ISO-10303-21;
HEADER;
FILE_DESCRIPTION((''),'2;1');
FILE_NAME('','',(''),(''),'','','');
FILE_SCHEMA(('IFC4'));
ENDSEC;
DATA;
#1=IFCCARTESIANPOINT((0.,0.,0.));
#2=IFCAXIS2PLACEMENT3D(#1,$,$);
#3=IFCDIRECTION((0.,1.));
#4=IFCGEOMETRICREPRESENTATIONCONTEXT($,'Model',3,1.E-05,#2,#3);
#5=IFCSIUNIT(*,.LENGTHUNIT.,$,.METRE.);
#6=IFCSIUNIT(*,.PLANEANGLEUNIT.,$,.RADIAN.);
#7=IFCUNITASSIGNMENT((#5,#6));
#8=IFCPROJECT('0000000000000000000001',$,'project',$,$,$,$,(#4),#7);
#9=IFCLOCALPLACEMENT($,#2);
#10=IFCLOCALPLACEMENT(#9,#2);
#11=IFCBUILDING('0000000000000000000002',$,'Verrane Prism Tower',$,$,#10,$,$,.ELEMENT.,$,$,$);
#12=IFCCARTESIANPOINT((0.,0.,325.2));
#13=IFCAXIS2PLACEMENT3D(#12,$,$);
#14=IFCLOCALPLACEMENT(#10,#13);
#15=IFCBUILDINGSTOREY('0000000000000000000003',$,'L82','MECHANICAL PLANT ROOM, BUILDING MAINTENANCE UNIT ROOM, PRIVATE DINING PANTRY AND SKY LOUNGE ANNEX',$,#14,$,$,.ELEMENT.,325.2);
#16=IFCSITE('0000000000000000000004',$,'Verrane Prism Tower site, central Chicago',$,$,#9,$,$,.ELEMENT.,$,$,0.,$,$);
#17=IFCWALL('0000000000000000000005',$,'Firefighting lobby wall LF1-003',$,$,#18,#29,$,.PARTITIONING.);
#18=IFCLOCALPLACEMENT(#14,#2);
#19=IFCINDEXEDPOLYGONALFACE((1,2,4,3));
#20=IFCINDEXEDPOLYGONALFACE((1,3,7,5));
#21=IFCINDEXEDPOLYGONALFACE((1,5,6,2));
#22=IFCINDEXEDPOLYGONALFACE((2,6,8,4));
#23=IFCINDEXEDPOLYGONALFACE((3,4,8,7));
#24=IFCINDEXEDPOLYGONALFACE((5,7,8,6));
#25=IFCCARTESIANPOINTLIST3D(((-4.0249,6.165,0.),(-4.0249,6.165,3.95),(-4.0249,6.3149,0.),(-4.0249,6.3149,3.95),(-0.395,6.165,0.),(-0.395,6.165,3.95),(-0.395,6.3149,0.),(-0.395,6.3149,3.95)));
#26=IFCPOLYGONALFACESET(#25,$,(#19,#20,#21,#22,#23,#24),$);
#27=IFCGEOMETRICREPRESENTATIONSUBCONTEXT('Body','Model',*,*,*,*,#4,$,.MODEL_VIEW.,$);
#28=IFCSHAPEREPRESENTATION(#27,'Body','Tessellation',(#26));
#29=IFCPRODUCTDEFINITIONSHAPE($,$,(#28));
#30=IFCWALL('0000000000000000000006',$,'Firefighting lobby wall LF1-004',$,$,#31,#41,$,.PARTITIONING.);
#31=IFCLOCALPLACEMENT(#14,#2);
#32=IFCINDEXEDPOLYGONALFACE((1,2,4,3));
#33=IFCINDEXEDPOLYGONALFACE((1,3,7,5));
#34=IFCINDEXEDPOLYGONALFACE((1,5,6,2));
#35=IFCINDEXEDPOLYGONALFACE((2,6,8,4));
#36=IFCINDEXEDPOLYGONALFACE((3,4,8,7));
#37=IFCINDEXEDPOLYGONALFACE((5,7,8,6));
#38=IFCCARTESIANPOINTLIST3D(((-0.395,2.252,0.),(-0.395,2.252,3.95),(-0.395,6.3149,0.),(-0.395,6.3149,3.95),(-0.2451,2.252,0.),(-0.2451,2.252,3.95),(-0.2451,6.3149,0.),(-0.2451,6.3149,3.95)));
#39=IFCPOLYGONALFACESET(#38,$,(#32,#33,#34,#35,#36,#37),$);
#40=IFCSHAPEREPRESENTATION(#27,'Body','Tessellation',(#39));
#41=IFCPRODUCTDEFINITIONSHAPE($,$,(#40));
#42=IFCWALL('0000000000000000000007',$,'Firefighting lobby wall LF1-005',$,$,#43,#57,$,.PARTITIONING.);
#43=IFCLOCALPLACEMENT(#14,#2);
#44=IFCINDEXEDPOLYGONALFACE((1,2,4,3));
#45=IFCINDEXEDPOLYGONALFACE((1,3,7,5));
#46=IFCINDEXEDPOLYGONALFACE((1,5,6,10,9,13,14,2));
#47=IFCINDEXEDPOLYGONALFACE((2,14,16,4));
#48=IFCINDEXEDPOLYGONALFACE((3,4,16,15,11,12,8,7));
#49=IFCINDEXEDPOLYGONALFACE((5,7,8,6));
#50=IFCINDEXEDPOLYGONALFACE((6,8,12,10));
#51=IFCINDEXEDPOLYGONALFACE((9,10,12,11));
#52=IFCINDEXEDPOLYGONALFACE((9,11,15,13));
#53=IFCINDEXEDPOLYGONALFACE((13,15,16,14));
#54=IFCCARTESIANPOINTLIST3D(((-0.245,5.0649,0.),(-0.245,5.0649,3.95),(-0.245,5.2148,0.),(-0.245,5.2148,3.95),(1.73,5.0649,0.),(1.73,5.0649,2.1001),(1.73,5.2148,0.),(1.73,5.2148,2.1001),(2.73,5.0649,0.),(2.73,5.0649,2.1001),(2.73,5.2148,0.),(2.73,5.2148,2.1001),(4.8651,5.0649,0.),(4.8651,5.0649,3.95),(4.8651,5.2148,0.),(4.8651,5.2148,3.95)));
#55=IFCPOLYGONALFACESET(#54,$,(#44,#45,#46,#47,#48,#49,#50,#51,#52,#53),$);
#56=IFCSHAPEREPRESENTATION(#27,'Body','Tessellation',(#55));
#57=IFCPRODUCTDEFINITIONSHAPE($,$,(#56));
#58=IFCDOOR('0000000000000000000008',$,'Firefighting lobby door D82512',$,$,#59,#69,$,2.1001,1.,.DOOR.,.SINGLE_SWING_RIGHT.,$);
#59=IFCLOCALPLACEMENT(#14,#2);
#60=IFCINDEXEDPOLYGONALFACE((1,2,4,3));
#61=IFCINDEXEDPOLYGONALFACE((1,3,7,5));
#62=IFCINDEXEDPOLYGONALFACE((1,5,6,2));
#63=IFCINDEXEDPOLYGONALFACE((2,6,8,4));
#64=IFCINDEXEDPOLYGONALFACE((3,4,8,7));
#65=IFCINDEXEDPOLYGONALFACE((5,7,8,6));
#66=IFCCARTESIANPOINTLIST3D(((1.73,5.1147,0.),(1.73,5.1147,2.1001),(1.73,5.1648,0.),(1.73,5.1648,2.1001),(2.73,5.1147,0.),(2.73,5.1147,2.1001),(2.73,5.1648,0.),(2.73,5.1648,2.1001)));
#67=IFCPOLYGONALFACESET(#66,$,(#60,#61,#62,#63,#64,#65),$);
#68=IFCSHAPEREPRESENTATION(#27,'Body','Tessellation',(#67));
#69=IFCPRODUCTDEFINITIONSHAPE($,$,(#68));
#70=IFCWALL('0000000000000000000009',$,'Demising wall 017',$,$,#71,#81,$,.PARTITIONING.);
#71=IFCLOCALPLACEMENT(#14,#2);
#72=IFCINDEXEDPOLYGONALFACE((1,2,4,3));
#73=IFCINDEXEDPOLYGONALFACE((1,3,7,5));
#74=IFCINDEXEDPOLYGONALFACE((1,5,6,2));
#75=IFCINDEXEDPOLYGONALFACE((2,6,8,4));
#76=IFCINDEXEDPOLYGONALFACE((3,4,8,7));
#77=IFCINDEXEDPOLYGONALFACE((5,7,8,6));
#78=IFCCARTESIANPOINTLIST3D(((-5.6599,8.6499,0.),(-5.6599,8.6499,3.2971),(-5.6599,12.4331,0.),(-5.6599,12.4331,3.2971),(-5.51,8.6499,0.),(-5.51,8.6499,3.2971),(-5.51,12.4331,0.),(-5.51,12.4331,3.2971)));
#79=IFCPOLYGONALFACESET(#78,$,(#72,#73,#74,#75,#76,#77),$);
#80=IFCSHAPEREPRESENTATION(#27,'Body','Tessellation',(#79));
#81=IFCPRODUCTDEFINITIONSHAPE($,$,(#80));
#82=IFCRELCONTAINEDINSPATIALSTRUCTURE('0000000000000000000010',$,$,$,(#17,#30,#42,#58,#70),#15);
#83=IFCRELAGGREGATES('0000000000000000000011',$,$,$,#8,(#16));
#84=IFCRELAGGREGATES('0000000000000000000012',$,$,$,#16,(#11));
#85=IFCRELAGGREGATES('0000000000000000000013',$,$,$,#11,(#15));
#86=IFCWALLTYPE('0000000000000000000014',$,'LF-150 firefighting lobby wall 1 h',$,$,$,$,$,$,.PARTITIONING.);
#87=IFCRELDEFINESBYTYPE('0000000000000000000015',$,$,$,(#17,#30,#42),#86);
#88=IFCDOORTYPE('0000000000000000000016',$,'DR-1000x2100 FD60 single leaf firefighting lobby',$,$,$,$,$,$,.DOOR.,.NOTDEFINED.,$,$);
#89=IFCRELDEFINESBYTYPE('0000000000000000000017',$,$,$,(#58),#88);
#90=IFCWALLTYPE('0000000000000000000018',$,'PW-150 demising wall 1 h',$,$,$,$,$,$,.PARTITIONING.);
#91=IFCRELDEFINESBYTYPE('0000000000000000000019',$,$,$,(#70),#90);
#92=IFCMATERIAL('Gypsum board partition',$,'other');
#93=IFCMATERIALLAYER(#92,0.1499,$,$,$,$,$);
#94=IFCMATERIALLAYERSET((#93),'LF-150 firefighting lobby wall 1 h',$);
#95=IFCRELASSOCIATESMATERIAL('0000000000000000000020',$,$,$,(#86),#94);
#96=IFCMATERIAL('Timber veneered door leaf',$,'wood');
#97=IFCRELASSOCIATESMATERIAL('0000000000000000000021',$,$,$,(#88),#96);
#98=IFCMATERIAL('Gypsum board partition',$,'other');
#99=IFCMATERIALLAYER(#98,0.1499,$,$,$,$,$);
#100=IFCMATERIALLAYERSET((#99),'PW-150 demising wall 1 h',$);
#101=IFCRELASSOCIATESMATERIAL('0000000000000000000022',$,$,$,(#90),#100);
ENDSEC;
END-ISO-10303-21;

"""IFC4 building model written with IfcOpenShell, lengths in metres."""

from ifc_helpers import new_model, si_unit, direction, frame, frame_2d, origin, place, context, subcontext, project, spatial, rectangle, extrude, material, layer, layer_set, type_object, element, fill, save


model = new_model("IFC4")

# Units and contexts
model_context = context("Model", 3, precision=1e-05, world=origin(), true_north=direction((0.0, 1.0)))
body_context = subcontext(model_context, "Body", "Model", "MODEL_VIEW")
ifc_project = project(units=[si_unit("LENGTHUNIT", "METRE"), si_unit("PLANEANGLEUNIT", "RADIAN")], contexts=[model_context])

# Site, building, storey
site_placement = place(None, origin())
site = spatial("IfcSite", under=ifc_project, at=site_placement, Name="Verrane Prism Tower site, central Chicago", CompositionType="ELEMENT", RefElevation=0.0)
building_placement = place(site_placement, origin())
building = spatial("IfcBuilding", under=site, at=building_placement, Name="Verrane Prism Tower", CompositionType="ELEMENT")
storey_placement = place(building_placement, frame((0.0, 0.0, 325.2)))
storey = spatial("IfcBuildingStorey", under=building, at=storey_placement, Name="L82", Description="MECHANICAL PLANT ROOM, BUILDING MAINTENANCE UNIT ROOM, PRIVATE DINING PANTRY AND SKY LOUNGE ANNEX", CompositionType="ELEMENT", Elevation=325.2)

# Walls
ifc_material_1 = material(Name="Gypsum board partition", Category="other")
ifc_layer_1 = layer(ifc_material_1, 0.1499)
ifc_layer_set_1 = layer_set([ifc_layer_1], Name="LF-150 firefighting lobby wall 1 h")
wall_type_1 = type_object("IfcWallType", Name="LF-150 firefighting lobby wall 1 h", PredefinedType="PARTITIONING", material=ifc_layer_set_1)
wall_1_placement = place(storey_placement, frame((-4.0249, 6.24, 0.0), z_axis=(0.0, 0.0, 1.0), x_axis=(1.0, 0.0, 0.0)))
element("IfcWall", 1, at=wall_1_placement, inside=storey, type_object=wall_type_1, Name="Firefighting lobby wall LF1-003", PredefinedType="PARTITIONING", context=body_context, shape_type="SweptSolid", body=[
    extrude(rectangle(XDim=3.6299, YDim=0.1499, at=frame_2d((1.8149, 0.0))), origin(), (0.0, 0.0, 1.0), 3.95),
])
wall_2_placement = place(storey_placement, frame((-0.3201, 2.252, 0.0), z_axis=(0.0, 0.0, 1.0), x_axis=(0.0, 1.0, 0.0)))
element("IfcWall", 2, at=wall_2_placement, inside=storey, type_object=wall_type_1, Name="Firefighting lobby wall LF1-004", PredefinedType="PARTITIONING", context=body_context, shape_type="SweptSolid", body=[
    extrude(rectangle(XDim=4.063, YDim=0.1499, at=frame_2d((2.0315, 0.0))), origin(), (0.0, 0.0, 1.0), 3.95),
])

# Wall, opening, door
wall_3_placement = place(storey_placement, frame((-0.2451, 5.1399, 0.0), z_axis=(0.0, 0.0, 1.0), x_axis=(1.0, 0.0, 0.0)))
wall_3 = element("IfcWall", 3, at=wall_3_placement, inside=storey, type_object=wall_type_1, Name="Firefighting lobby wall LF1-005", PredefinedType="PARTITIONING", context=body_context, shape_type="SweptSolid", body=[
    extrude(rectangle(XDim=5.1101, YDim=0.1499, at=frame_2d((2.5552, 0.0))), origin(), (0.0, 0.0, 1.0), 3.95),
])
opening_placement = place(wall_3_placement, frame((1.9751, 0.0, 0.0)))
opening = element("IfcOpeningElement", 4, at=opening_placement, cuts=wall_3, PredefinedType="OPENING", context=body_context, shape_type="SweptSolid", body=[
    extrude(rectangle(XDim=1.0, YDim=2.1001, at=frame_2d((0.5, 1.05))), frame((0.0, 0.085, 0.0), z_axis=(0.0, -1.0, 0.0), x_axis=(1.0, 0.0, 0.0)), (0.0, 0.0, 1.0), 0.1699),
])
ifc_material_2 = material(Name="Timber veneered door leaf", Category="wood")
door_type = type_object("IfcDoorType", Name="DR-1000x2100 FD60 single leaf firefighting lobby", OperationType="NOTDEFINED", PredefinedType="DOOR", material=ifc_material_2)
door_placement = place(opening_placement, origin())
door = element("IfcDoor", 5, at=door_placement, inside=storey, type_object=door_type, Name="Firefighting lobby door D82512", OperationType="SINGLE_SWING_RIGHT", OverallHeight=2.1001, OverallWidth=1.0, PredefinedType="DOOR", context=body_context, shape_type="SweptSolid", body=[
    extrude(rectangle(XDim=1.0, YDim=2.1001, at=frame_2d((0.5, 1.05))), frame((0.0, 0.0249, 0.0), z_axis=(0.0, -1.0, 0.0), x_axis=(1.0, 0.0, 0.0)), (0.0, 0.0, 1.0), 0.05),
])
fill(opening, door)

# Wall
ifc_material_3 = material(Name="Gypsum board partition", Category="other")
ifc_layer_2 = layer(ifc_material_3, 0.1499)
ifc_layer_set_2 = layer_set([ifc_layer_2], Name="PW-150 demising wall 1 h")
wall_type_2 = type_object("IfcWallType", Name="PW-150 demising wall 1 h", PredefinedType="PARTITIONING", material=ifc_layer_set_2)
wall_4_placement = place(storey_placement, frame((-5.585, 8.6499, 0.0), z_axis=(0.0, 0.0, 1.0), x_axis=(0.0, 1.0, 0.0)))
element("IfcWall", 6, at=wall_4_placement, inside=storey, type_object=wall_type_2, Name="Demising wall 017", PredefinedType="PARTITIONING", context=body_context, shape_type="SweptSolid", body=[
    extrude(rectangle(XDim=3.7832, YDim=0.1499, at=frame_2d((1.8916, 0.0))), origin(), (0.0, 0.0, 1.0), 3.2971),
])

save(model, "model.ifc")
